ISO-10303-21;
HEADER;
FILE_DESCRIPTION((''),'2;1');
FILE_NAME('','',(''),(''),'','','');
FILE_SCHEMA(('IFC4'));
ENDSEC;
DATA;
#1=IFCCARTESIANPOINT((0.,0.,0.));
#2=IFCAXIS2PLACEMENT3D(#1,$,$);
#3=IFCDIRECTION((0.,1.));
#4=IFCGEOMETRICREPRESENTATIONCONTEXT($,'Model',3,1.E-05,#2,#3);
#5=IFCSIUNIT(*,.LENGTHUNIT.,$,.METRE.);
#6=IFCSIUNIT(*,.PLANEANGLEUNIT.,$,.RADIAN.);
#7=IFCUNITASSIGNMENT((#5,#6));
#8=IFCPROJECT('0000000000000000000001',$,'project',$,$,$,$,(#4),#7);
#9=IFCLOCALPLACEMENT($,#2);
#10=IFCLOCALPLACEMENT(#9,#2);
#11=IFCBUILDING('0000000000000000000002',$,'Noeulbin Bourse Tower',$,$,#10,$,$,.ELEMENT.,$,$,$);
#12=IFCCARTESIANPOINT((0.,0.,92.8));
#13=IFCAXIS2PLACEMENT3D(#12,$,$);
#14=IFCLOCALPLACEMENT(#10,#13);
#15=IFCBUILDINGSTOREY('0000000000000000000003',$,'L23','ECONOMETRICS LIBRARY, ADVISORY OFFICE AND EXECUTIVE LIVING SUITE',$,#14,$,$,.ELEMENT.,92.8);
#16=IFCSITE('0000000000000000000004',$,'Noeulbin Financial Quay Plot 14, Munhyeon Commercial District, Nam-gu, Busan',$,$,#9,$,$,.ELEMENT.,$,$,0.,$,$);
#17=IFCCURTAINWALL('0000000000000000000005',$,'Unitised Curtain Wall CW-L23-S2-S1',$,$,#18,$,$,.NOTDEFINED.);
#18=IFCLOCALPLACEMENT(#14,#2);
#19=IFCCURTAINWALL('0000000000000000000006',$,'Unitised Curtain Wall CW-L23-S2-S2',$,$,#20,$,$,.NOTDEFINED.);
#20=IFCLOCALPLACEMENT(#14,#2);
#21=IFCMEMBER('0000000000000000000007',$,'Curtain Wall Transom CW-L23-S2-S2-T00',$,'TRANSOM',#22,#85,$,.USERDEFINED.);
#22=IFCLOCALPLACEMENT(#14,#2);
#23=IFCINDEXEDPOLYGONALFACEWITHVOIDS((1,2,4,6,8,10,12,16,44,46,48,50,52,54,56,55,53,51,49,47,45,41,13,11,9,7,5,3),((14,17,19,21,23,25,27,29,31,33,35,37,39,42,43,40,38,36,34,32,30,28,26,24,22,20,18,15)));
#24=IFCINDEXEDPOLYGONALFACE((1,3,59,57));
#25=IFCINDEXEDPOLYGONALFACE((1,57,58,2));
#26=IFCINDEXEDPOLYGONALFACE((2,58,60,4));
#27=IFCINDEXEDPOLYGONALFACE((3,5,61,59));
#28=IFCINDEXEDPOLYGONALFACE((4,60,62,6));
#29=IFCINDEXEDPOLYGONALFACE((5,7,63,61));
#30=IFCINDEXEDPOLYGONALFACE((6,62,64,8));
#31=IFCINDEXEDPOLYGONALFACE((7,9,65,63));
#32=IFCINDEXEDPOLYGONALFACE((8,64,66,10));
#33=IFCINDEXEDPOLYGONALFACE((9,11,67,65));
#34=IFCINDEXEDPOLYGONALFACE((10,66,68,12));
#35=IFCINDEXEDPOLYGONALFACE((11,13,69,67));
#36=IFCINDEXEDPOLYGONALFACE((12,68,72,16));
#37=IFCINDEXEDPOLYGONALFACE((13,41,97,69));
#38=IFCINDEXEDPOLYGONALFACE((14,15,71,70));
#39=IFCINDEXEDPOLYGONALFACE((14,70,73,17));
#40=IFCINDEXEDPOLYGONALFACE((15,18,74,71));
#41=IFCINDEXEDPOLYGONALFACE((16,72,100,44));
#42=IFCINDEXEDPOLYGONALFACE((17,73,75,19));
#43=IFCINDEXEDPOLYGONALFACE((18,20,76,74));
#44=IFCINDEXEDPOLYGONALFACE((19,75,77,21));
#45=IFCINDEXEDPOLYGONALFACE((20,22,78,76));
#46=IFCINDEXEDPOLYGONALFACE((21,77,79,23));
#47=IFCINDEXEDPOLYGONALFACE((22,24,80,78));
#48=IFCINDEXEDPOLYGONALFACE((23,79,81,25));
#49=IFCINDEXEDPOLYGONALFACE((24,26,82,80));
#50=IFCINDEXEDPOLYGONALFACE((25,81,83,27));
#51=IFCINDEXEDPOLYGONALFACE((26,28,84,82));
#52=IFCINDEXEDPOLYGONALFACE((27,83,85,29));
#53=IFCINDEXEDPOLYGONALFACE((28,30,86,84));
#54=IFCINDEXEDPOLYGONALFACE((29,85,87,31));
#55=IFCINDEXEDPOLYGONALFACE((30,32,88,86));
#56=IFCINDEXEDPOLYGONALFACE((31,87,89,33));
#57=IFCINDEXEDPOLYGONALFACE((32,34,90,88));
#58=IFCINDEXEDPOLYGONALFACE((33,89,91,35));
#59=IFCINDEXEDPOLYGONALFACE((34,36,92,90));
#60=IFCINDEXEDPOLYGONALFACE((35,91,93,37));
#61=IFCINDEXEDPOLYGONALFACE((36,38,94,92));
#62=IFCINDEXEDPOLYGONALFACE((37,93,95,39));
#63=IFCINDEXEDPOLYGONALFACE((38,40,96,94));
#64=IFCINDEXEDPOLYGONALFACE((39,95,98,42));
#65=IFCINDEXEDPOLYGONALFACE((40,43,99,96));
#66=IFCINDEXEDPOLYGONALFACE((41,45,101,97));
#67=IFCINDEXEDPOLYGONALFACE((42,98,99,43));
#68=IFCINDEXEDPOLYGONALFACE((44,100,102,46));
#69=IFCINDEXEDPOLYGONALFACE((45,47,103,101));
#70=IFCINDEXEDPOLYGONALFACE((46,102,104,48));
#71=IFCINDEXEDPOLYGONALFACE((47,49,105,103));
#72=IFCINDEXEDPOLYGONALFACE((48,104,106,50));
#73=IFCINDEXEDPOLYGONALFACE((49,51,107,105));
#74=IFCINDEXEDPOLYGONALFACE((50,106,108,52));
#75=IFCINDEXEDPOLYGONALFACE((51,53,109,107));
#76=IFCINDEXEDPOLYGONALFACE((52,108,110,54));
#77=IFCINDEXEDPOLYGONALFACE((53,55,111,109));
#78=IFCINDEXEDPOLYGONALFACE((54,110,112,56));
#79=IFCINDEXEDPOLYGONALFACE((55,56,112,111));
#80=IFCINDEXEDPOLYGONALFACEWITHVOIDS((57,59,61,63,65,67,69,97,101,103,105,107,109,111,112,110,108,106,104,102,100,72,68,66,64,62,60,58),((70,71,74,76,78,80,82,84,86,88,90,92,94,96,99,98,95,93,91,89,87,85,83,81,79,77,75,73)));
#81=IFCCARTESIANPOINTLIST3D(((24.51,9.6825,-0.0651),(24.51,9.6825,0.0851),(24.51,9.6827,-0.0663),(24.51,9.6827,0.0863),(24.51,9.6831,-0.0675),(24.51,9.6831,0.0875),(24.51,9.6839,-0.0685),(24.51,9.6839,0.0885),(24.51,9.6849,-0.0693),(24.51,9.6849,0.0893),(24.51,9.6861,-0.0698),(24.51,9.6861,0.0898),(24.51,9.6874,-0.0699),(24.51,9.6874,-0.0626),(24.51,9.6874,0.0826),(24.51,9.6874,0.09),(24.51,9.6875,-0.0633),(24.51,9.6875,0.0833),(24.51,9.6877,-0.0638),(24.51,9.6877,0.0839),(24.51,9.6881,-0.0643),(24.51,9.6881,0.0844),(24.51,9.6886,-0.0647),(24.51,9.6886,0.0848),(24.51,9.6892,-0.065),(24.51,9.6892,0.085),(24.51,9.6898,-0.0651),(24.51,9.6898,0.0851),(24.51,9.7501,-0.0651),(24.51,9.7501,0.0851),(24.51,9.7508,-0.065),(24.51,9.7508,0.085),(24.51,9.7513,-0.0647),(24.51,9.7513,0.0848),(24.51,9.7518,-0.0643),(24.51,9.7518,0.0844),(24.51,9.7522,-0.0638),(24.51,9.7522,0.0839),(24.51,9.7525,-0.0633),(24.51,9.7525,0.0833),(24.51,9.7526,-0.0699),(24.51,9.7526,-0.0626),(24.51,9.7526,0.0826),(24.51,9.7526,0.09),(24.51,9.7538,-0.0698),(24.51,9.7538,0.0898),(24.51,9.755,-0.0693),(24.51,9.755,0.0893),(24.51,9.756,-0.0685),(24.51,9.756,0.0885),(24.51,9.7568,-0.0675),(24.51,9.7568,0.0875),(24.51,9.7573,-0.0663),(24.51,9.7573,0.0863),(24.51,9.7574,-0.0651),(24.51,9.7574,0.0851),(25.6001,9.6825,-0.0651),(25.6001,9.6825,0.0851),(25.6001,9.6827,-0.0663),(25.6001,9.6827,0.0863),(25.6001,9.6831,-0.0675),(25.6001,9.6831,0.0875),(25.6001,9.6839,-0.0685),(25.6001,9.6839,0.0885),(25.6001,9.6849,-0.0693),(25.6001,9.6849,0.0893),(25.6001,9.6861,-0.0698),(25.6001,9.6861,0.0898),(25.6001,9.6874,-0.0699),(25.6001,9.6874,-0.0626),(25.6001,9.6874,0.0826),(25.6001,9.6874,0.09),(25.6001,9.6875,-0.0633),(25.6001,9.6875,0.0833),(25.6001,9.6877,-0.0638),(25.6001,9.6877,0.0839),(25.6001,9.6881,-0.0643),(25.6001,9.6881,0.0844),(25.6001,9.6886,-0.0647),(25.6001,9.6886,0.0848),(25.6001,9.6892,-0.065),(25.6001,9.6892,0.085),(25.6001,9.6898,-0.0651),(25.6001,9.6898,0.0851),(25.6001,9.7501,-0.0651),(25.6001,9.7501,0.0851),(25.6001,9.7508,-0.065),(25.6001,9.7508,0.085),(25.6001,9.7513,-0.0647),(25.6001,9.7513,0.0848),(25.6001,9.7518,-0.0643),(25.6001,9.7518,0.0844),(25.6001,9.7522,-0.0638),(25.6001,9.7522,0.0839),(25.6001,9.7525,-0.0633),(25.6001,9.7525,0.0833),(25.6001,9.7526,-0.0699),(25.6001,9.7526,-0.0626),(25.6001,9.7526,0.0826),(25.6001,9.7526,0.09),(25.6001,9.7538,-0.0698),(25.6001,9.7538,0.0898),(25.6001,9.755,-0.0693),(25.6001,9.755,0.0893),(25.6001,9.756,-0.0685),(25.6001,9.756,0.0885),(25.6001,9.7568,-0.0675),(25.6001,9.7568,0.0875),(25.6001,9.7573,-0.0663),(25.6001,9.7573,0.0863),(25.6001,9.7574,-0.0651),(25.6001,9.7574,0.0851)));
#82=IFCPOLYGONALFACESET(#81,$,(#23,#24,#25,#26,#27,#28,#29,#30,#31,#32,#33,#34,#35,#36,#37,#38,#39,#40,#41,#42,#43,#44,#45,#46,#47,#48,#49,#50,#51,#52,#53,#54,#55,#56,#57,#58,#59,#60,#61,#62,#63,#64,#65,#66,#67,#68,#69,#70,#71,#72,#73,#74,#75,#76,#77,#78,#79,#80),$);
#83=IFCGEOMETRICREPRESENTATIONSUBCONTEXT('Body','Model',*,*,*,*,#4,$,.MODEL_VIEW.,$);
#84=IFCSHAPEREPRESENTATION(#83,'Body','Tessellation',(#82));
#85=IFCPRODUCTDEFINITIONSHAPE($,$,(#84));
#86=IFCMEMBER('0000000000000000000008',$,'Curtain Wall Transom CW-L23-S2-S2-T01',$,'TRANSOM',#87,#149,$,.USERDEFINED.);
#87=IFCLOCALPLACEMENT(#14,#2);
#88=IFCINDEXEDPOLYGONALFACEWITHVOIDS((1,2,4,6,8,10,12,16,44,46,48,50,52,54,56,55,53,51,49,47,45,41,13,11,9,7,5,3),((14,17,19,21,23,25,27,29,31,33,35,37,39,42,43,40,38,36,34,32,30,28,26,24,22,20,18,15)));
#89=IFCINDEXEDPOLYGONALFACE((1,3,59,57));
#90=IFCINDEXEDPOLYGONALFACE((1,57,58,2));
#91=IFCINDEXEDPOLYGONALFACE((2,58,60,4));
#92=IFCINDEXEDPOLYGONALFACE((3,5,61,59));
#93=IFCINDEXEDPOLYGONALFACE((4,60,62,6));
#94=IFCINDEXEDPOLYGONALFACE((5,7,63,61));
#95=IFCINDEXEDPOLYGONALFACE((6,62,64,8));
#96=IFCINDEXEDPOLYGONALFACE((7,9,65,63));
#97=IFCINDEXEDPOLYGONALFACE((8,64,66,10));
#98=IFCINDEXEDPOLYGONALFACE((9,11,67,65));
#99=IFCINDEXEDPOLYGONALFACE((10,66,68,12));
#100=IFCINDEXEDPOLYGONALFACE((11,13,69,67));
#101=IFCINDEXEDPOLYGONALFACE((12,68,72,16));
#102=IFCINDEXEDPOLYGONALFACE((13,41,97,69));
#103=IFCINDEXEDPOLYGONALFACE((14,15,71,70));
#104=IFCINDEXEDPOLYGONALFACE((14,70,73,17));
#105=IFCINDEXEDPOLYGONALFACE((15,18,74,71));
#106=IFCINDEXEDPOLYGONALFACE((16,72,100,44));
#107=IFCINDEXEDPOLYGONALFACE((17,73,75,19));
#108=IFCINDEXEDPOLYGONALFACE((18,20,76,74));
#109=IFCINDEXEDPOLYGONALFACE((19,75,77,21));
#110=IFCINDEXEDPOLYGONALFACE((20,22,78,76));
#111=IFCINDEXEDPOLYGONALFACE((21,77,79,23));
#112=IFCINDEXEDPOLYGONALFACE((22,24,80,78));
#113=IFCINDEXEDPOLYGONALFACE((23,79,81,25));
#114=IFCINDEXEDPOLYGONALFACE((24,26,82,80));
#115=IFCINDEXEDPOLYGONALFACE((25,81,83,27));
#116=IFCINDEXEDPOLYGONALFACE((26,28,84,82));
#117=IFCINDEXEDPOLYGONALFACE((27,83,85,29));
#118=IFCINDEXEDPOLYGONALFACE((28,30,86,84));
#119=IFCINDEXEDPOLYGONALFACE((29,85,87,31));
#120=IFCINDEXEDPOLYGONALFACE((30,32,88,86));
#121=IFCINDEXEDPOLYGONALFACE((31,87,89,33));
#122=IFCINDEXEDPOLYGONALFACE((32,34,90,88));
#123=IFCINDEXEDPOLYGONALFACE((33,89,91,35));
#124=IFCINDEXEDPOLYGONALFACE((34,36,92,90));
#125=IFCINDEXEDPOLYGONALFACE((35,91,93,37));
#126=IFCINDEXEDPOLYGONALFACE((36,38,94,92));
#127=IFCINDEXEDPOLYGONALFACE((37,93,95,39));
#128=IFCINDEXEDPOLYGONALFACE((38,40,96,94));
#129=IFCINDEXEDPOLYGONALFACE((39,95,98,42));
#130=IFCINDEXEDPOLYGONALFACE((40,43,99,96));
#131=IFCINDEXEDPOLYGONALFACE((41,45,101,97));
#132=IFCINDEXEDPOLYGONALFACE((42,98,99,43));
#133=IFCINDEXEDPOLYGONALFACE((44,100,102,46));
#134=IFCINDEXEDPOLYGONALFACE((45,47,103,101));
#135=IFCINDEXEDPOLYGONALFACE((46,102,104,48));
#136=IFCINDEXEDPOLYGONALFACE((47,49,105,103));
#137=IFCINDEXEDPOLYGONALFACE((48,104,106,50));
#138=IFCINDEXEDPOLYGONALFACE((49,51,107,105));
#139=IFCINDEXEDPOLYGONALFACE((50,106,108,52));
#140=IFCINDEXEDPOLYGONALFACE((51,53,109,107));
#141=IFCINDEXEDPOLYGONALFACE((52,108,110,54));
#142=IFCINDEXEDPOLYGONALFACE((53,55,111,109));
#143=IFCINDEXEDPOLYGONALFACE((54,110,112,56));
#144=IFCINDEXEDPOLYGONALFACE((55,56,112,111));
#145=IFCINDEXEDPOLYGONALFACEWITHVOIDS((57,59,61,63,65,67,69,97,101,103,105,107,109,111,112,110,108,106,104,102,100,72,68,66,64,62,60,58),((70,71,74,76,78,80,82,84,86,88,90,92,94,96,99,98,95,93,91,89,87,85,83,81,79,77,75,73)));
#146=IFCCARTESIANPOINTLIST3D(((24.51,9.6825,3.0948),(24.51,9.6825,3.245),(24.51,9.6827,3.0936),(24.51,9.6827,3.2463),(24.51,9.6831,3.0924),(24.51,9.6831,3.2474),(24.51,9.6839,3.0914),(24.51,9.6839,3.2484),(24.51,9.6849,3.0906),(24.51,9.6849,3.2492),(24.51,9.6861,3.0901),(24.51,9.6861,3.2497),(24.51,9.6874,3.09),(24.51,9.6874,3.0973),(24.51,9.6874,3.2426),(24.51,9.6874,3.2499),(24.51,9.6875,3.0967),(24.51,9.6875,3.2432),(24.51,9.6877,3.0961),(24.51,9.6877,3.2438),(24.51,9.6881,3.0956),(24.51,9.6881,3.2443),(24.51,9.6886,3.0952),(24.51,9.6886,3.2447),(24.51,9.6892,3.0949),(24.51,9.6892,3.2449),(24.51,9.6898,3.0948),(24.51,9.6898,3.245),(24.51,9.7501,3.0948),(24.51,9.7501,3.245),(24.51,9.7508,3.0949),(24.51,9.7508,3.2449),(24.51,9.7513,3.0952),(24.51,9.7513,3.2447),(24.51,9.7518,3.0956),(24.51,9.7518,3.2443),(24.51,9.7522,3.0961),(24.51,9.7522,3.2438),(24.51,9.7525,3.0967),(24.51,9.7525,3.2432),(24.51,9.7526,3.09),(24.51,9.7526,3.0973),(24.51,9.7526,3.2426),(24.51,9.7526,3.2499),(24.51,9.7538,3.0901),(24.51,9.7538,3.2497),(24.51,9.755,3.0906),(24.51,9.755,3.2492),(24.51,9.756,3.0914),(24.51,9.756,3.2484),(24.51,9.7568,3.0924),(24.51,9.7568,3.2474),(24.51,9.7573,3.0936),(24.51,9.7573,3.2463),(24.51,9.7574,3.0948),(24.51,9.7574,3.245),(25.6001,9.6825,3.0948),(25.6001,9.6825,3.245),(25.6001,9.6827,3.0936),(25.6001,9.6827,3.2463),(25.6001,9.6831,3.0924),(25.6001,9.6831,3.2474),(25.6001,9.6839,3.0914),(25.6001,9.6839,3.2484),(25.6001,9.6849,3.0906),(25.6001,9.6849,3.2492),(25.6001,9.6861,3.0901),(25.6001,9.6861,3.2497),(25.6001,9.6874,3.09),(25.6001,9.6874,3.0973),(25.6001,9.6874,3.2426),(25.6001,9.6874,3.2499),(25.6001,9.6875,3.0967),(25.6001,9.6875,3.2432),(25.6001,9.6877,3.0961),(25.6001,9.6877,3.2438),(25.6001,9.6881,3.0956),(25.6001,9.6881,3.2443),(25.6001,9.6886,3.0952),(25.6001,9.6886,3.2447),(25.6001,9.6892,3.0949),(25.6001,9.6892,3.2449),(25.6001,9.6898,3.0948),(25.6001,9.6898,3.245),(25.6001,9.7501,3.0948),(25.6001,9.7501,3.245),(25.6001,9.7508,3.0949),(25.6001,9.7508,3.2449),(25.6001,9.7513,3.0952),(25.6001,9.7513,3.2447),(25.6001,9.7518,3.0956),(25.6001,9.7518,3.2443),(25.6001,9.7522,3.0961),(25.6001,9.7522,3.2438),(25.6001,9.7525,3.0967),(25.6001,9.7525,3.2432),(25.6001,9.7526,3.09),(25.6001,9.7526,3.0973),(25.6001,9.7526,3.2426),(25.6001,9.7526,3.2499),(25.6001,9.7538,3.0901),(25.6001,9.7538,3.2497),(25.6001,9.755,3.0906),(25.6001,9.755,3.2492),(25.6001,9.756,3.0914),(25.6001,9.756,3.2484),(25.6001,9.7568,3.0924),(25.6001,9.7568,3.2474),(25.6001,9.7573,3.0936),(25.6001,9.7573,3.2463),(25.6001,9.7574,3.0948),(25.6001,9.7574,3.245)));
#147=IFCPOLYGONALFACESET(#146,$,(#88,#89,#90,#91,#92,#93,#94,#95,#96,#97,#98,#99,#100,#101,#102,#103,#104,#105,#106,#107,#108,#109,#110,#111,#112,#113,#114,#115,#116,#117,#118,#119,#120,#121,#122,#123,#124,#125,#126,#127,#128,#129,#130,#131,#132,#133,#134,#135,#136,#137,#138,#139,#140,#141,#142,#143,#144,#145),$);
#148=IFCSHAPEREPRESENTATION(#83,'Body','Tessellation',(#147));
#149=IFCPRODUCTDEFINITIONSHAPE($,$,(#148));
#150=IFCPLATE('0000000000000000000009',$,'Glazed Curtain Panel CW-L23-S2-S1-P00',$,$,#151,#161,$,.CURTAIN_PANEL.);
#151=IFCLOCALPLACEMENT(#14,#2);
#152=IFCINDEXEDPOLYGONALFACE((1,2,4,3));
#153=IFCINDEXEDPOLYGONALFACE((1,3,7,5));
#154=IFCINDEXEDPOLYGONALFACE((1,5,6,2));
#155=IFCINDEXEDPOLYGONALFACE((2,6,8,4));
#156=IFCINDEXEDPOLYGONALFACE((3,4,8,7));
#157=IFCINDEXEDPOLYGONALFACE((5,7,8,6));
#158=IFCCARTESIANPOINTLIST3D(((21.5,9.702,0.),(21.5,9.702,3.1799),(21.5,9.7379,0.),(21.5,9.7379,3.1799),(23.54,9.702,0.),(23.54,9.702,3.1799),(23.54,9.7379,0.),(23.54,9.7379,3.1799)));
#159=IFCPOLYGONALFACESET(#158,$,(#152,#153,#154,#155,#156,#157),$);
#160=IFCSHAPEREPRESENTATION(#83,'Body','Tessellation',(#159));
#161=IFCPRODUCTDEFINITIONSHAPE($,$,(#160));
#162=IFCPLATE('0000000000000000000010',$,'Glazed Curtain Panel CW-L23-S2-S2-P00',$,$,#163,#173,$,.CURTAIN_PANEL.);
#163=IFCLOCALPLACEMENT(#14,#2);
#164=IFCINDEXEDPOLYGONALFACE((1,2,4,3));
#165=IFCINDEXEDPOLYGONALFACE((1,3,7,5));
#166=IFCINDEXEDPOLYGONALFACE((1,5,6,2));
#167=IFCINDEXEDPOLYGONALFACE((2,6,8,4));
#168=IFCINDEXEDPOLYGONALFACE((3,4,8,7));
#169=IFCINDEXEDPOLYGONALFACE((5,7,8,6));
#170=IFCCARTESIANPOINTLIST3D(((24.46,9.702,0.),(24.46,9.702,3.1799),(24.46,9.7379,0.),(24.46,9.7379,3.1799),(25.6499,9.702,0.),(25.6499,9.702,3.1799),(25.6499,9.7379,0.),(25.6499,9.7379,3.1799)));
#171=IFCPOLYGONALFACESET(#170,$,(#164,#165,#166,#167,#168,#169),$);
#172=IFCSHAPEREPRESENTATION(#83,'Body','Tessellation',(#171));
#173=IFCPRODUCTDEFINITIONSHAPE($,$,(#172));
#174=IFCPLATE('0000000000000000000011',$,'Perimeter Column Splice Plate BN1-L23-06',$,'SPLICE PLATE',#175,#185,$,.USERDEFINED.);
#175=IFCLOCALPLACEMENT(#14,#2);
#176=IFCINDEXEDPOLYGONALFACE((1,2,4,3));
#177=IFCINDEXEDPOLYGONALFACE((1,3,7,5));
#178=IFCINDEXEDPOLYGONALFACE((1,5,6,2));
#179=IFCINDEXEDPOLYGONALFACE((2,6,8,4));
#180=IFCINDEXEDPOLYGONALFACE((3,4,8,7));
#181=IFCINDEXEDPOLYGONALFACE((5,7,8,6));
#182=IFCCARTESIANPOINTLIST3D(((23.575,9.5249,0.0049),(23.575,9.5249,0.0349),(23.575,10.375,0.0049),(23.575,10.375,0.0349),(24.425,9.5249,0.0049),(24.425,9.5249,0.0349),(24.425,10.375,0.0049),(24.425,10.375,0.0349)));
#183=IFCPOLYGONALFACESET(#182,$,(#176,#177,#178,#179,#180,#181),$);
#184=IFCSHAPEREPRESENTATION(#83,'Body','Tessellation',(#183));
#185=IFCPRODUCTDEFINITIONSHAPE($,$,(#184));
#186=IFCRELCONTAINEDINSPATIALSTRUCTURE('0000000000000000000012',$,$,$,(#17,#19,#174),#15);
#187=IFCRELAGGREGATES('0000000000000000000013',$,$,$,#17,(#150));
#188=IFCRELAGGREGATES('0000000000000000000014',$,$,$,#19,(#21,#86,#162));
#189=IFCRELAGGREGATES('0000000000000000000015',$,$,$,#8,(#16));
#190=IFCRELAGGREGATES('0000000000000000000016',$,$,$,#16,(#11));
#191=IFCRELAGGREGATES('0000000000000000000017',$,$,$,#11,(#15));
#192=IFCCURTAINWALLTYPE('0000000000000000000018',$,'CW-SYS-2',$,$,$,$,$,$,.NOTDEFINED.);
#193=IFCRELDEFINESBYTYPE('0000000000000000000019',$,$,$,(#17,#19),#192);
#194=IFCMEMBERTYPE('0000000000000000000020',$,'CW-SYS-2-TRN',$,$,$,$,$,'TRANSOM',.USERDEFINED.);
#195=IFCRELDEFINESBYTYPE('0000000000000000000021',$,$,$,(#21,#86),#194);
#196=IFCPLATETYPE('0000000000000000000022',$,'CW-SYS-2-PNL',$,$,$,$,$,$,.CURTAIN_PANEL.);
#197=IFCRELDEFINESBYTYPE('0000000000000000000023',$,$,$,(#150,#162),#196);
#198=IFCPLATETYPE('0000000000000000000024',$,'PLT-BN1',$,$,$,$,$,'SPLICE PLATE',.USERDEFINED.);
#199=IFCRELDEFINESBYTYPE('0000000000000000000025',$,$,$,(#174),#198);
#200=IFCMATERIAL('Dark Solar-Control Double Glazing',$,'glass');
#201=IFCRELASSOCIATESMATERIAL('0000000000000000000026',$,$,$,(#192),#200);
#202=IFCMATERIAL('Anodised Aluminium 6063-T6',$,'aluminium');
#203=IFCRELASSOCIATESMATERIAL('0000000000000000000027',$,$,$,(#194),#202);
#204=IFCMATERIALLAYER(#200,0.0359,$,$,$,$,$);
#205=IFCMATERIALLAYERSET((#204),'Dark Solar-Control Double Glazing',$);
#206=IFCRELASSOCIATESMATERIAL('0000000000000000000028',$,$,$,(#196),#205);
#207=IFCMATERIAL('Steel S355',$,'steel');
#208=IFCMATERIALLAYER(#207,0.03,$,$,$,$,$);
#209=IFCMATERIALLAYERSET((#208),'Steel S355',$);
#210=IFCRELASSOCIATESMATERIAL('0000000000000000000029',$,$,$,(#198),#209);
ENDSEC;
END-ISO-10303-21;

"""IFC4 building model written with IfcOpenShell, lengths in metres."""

from ifc_helpers import new_model, si_unit, direction, frame, origin, origin_2d, place, context, subcontext, project, spatial, rectangle, hollow_rectangle, extrude, material, layer, layer_set, material_profile, profile_set, type_object, element, aggregate, save


model = new_model("IFC4")

# Units and contexts
model_context = context("Model", 3, precision=1e-05, world=origin(), true_north=direction((0.0, 1.0)))
body_context = subcontext(model_context, "Body", "Model", "MODEL_VIEW")
ifc_project = project(units=[si_unit("LENGTHUNIT", "METRE"), si_unit("PLANEANGLEUNIT", "RADIAN")], contexts=[model_context])

# Site, building, storey
site_placement = place(None, origin())
site = spatial("IfcSite", under=ifc_project, at=site_placement, Name="Noeulbin Financial Quay Plot 14, Munhyeon Commercial District, Nam-gu, Busan", CompositionType="ELEMENT", RefElevation=0.0)
building_placement = place(site_placement, origin())
building = spatial("IfcBuilding", under=site, at=building_placement, Name="Noeulbin Bourse Tower", CompositionType="ELEMENT")
storey_placement = place(building_placement, frame((0.0, 0.0, 92.8)))
storey = spatial("IfcBuildingStorey", under=building, at=storey_placement, Name="L23", Description="ECONOMETRICS LIBRARY, ADVISORY OFFICE AND EXECUTIVE LIVING SUITE", CompositionType="ELEMENT", Elevation=92.8)

# Shared definitions
ifc_material_1 = material(Name="Steel S355", Category="steel")

# Shared definitions
ifc_material_2 = material(Name="Dark Solar-Control Double Glazing", Category="glass")
curtain_wall_type = type_object("IfcCurtainWallType", Name="CW-SYS-2", PredefinedType="NOTDEFINED", material=ifc_material_2)
ifc_material_3 = material(Name="Anodised Aluminium 6063-T6", Category="aluminium")

# Curtain walls
curtain_wall_1_placement = place(storey_placement, origin())
curtain_wall_1 = element("IfcCurtainWall", 1, at=curtain_wall_1_placement, inside=storey, type_object=curtain_wall_type, Name="Unitised Curtain Wall CW-L23-S2-S1", PredefinedType="NOTDEFINED")
curtain_wall_2_placement = place(storey_placement, origin())
curtain_wall_2 = element("IfcCurtainWall", 2, at=curtain_wall_2_placement, inside=storey, type_object=curtain_wall_type, Name="Unitised Curtain Wall CW-L23-S2-S2", PredefinedType="NOTDEFINED")

# Members
ifc_material_profile_1 = material_profile(ifc_material_3, hollow_rectangle(XDim=0.075, YDim=0.1599, WallThickness=0.0049, InnerFilletRadius=0.0024, OuterFilletRadius=0.0049, at=origin_2d()), Name="ALU-TRAN-75x160x5", Category="LoadBearing")
ifc_profile_set_1 = profile_set([ifc_material_profile_1], Name="Anodised Aluminium 6063-T6")
member_type_1 = type_object("IfcMemberType", Name="CW-SYS-2-TRN", ElementType="TRANSOM", PredefinedType="USERDEFINED", material=ifc_profile_set_1)
member_1_placement = place(storey_placement, frame((24.51, 9.72, 0.01), z_axis=(1.0, 0.0, 0.0), x_axis=(0.0, 1.0, 0.0)))
member_1 = element("IfcMember", 3, at=member_1_placement, type_object=member_type_1, Name="Curtain Wall Transom CW-L23-S2-S2-T00", ObjectType="TRANSOM", PredefinedType="USERDEFINED", context=body_context, shape_type="SweptSolid", body=[
    extrude(hollow_rectangle(XDim=0.075, YDim=0.1599, WallThickness=0.0049, InnerFilletRadius=0.0024, OuterFilletRadius=0.0049, at=origin_2d()), origin(), (0.0, 0.0, 1.0), 1.0901),
])
member_2_placement = place(storey_placement, frame((24.51, 9.72, 3.1699), z_axis=(1.0, 0.0, 0.0), x_axis=(0.0, 1.0, 0.0)))
member_2 = element("IfcMember", 4, at=member_2_placement, type_object=member_type_1, Name="Curtain Wall Transom CW-L23-S2-S2-T01", ObjectType="TRANSOM", PredefinedType="USERDEFINED", context=body_context, shape_type="SweptSolid", body=[
    extrude(hollow_rectangle(XDim=0.075, YDim=0.1599, WallThickness=0.0049, InnerFilletRadius=0.0024, OuterFilletRadius=0.0049, at=origin_2d()), origin(), (0.0, 0.0, 1.0), 1.0901),
])

# Plates
ifc_layer_1 = layer(ifc_material_2, 0.0359)
ifc_layer_set_1 = layer_set([ifc_layer_1], Name="Dark Solar-Control Double Glazing")
plate_type_1 = type_object("IfcPlateType", Name="CW-SYS-2-PNL", PredefinedType="CURTAIN_PANEL", material=ifc_layer_set_1)
plate_1_placement = place(storey_placement, frame((22.52, 9.72, 0.0), z_axis=(0.0, 0.0, 1.0), x_axis=(1.0, 0.0, 0.0)))
plate_1 = element("IfcPlate", 5, at=plate_1_placement, type_object=plate_type_1, Name="Glazed Curtain Panel CW-L23-S2-S1-P00", PredefinedType="CURTAIN_PANEL", context=body_context, shape_type="SweptSolid", body=[
    extrude(rectangle(XDim=2.04, YDim=0.0359, at=origin_2d()), origin(), (0.0, 0.0, 1.0), 3.1799),
])
aggregate(curtain_wall_1, [plate_1])
plate_2_placement = place(storey_placement, frame((25.0549, 9.72, 0.0), z_axis=(0.0, 0.0, 1.0), x_axis=(1.0, 0.0, 0.0)))
plate_2 = element("IfcPlate", 6, at=plate_2_placement, type_object=plate_type_1, Name="Glazed Curtain Panel CW-L23-S2-S2-P00", PredefinedType="CURTAIN_PANEL", context=body_context, shape_type="SweptSolid", body=[
    extrude(rectangle(XDim=1.1899, YDim=0.0359, at=origin_2d()), origin(), (0.0, 0.0, 1.0), 3.1799),
])
aggregate(curtain_wall_2, [member_1, member_2, plate_2])
ifc_layer_2 = layer(ifc_material_1, 0.03)
ifc_layer_set_2 = layer_set([ifc_layer_2], Name="Steel S355")
plate_type_2 = type_object("IfcPlateType", Name="PLT-BN1", ElementType="SPLICE PLATE", PredefinedType="USERDEFINED", material=ifc_layer_set_2)
plate_3_placement = place(storey_placement, frame((24.0, 9.95, 0.0049), z_axis=(0.0, 0.0, 1.0), x_axis=(1.0, 0.0, 0.0)))
element("IfcPlate", 7, at=plate_3_placement, inside=storey, type_object=plate_type_2, Name="Perimeter Column Splice Plate BN1-L23-06", ObjectType="SPLICE PLATE", PredefinedType="USERDEFINED", context=body_context, shape_type="SweptSolid", body=[
    extrude(rectangle(XDim=0.8501, YDim=0.8501, at=origin_2d()), origin(), (0.0, 0.0, 1.0), 0.03),
])

save(model, "model.ifc")
